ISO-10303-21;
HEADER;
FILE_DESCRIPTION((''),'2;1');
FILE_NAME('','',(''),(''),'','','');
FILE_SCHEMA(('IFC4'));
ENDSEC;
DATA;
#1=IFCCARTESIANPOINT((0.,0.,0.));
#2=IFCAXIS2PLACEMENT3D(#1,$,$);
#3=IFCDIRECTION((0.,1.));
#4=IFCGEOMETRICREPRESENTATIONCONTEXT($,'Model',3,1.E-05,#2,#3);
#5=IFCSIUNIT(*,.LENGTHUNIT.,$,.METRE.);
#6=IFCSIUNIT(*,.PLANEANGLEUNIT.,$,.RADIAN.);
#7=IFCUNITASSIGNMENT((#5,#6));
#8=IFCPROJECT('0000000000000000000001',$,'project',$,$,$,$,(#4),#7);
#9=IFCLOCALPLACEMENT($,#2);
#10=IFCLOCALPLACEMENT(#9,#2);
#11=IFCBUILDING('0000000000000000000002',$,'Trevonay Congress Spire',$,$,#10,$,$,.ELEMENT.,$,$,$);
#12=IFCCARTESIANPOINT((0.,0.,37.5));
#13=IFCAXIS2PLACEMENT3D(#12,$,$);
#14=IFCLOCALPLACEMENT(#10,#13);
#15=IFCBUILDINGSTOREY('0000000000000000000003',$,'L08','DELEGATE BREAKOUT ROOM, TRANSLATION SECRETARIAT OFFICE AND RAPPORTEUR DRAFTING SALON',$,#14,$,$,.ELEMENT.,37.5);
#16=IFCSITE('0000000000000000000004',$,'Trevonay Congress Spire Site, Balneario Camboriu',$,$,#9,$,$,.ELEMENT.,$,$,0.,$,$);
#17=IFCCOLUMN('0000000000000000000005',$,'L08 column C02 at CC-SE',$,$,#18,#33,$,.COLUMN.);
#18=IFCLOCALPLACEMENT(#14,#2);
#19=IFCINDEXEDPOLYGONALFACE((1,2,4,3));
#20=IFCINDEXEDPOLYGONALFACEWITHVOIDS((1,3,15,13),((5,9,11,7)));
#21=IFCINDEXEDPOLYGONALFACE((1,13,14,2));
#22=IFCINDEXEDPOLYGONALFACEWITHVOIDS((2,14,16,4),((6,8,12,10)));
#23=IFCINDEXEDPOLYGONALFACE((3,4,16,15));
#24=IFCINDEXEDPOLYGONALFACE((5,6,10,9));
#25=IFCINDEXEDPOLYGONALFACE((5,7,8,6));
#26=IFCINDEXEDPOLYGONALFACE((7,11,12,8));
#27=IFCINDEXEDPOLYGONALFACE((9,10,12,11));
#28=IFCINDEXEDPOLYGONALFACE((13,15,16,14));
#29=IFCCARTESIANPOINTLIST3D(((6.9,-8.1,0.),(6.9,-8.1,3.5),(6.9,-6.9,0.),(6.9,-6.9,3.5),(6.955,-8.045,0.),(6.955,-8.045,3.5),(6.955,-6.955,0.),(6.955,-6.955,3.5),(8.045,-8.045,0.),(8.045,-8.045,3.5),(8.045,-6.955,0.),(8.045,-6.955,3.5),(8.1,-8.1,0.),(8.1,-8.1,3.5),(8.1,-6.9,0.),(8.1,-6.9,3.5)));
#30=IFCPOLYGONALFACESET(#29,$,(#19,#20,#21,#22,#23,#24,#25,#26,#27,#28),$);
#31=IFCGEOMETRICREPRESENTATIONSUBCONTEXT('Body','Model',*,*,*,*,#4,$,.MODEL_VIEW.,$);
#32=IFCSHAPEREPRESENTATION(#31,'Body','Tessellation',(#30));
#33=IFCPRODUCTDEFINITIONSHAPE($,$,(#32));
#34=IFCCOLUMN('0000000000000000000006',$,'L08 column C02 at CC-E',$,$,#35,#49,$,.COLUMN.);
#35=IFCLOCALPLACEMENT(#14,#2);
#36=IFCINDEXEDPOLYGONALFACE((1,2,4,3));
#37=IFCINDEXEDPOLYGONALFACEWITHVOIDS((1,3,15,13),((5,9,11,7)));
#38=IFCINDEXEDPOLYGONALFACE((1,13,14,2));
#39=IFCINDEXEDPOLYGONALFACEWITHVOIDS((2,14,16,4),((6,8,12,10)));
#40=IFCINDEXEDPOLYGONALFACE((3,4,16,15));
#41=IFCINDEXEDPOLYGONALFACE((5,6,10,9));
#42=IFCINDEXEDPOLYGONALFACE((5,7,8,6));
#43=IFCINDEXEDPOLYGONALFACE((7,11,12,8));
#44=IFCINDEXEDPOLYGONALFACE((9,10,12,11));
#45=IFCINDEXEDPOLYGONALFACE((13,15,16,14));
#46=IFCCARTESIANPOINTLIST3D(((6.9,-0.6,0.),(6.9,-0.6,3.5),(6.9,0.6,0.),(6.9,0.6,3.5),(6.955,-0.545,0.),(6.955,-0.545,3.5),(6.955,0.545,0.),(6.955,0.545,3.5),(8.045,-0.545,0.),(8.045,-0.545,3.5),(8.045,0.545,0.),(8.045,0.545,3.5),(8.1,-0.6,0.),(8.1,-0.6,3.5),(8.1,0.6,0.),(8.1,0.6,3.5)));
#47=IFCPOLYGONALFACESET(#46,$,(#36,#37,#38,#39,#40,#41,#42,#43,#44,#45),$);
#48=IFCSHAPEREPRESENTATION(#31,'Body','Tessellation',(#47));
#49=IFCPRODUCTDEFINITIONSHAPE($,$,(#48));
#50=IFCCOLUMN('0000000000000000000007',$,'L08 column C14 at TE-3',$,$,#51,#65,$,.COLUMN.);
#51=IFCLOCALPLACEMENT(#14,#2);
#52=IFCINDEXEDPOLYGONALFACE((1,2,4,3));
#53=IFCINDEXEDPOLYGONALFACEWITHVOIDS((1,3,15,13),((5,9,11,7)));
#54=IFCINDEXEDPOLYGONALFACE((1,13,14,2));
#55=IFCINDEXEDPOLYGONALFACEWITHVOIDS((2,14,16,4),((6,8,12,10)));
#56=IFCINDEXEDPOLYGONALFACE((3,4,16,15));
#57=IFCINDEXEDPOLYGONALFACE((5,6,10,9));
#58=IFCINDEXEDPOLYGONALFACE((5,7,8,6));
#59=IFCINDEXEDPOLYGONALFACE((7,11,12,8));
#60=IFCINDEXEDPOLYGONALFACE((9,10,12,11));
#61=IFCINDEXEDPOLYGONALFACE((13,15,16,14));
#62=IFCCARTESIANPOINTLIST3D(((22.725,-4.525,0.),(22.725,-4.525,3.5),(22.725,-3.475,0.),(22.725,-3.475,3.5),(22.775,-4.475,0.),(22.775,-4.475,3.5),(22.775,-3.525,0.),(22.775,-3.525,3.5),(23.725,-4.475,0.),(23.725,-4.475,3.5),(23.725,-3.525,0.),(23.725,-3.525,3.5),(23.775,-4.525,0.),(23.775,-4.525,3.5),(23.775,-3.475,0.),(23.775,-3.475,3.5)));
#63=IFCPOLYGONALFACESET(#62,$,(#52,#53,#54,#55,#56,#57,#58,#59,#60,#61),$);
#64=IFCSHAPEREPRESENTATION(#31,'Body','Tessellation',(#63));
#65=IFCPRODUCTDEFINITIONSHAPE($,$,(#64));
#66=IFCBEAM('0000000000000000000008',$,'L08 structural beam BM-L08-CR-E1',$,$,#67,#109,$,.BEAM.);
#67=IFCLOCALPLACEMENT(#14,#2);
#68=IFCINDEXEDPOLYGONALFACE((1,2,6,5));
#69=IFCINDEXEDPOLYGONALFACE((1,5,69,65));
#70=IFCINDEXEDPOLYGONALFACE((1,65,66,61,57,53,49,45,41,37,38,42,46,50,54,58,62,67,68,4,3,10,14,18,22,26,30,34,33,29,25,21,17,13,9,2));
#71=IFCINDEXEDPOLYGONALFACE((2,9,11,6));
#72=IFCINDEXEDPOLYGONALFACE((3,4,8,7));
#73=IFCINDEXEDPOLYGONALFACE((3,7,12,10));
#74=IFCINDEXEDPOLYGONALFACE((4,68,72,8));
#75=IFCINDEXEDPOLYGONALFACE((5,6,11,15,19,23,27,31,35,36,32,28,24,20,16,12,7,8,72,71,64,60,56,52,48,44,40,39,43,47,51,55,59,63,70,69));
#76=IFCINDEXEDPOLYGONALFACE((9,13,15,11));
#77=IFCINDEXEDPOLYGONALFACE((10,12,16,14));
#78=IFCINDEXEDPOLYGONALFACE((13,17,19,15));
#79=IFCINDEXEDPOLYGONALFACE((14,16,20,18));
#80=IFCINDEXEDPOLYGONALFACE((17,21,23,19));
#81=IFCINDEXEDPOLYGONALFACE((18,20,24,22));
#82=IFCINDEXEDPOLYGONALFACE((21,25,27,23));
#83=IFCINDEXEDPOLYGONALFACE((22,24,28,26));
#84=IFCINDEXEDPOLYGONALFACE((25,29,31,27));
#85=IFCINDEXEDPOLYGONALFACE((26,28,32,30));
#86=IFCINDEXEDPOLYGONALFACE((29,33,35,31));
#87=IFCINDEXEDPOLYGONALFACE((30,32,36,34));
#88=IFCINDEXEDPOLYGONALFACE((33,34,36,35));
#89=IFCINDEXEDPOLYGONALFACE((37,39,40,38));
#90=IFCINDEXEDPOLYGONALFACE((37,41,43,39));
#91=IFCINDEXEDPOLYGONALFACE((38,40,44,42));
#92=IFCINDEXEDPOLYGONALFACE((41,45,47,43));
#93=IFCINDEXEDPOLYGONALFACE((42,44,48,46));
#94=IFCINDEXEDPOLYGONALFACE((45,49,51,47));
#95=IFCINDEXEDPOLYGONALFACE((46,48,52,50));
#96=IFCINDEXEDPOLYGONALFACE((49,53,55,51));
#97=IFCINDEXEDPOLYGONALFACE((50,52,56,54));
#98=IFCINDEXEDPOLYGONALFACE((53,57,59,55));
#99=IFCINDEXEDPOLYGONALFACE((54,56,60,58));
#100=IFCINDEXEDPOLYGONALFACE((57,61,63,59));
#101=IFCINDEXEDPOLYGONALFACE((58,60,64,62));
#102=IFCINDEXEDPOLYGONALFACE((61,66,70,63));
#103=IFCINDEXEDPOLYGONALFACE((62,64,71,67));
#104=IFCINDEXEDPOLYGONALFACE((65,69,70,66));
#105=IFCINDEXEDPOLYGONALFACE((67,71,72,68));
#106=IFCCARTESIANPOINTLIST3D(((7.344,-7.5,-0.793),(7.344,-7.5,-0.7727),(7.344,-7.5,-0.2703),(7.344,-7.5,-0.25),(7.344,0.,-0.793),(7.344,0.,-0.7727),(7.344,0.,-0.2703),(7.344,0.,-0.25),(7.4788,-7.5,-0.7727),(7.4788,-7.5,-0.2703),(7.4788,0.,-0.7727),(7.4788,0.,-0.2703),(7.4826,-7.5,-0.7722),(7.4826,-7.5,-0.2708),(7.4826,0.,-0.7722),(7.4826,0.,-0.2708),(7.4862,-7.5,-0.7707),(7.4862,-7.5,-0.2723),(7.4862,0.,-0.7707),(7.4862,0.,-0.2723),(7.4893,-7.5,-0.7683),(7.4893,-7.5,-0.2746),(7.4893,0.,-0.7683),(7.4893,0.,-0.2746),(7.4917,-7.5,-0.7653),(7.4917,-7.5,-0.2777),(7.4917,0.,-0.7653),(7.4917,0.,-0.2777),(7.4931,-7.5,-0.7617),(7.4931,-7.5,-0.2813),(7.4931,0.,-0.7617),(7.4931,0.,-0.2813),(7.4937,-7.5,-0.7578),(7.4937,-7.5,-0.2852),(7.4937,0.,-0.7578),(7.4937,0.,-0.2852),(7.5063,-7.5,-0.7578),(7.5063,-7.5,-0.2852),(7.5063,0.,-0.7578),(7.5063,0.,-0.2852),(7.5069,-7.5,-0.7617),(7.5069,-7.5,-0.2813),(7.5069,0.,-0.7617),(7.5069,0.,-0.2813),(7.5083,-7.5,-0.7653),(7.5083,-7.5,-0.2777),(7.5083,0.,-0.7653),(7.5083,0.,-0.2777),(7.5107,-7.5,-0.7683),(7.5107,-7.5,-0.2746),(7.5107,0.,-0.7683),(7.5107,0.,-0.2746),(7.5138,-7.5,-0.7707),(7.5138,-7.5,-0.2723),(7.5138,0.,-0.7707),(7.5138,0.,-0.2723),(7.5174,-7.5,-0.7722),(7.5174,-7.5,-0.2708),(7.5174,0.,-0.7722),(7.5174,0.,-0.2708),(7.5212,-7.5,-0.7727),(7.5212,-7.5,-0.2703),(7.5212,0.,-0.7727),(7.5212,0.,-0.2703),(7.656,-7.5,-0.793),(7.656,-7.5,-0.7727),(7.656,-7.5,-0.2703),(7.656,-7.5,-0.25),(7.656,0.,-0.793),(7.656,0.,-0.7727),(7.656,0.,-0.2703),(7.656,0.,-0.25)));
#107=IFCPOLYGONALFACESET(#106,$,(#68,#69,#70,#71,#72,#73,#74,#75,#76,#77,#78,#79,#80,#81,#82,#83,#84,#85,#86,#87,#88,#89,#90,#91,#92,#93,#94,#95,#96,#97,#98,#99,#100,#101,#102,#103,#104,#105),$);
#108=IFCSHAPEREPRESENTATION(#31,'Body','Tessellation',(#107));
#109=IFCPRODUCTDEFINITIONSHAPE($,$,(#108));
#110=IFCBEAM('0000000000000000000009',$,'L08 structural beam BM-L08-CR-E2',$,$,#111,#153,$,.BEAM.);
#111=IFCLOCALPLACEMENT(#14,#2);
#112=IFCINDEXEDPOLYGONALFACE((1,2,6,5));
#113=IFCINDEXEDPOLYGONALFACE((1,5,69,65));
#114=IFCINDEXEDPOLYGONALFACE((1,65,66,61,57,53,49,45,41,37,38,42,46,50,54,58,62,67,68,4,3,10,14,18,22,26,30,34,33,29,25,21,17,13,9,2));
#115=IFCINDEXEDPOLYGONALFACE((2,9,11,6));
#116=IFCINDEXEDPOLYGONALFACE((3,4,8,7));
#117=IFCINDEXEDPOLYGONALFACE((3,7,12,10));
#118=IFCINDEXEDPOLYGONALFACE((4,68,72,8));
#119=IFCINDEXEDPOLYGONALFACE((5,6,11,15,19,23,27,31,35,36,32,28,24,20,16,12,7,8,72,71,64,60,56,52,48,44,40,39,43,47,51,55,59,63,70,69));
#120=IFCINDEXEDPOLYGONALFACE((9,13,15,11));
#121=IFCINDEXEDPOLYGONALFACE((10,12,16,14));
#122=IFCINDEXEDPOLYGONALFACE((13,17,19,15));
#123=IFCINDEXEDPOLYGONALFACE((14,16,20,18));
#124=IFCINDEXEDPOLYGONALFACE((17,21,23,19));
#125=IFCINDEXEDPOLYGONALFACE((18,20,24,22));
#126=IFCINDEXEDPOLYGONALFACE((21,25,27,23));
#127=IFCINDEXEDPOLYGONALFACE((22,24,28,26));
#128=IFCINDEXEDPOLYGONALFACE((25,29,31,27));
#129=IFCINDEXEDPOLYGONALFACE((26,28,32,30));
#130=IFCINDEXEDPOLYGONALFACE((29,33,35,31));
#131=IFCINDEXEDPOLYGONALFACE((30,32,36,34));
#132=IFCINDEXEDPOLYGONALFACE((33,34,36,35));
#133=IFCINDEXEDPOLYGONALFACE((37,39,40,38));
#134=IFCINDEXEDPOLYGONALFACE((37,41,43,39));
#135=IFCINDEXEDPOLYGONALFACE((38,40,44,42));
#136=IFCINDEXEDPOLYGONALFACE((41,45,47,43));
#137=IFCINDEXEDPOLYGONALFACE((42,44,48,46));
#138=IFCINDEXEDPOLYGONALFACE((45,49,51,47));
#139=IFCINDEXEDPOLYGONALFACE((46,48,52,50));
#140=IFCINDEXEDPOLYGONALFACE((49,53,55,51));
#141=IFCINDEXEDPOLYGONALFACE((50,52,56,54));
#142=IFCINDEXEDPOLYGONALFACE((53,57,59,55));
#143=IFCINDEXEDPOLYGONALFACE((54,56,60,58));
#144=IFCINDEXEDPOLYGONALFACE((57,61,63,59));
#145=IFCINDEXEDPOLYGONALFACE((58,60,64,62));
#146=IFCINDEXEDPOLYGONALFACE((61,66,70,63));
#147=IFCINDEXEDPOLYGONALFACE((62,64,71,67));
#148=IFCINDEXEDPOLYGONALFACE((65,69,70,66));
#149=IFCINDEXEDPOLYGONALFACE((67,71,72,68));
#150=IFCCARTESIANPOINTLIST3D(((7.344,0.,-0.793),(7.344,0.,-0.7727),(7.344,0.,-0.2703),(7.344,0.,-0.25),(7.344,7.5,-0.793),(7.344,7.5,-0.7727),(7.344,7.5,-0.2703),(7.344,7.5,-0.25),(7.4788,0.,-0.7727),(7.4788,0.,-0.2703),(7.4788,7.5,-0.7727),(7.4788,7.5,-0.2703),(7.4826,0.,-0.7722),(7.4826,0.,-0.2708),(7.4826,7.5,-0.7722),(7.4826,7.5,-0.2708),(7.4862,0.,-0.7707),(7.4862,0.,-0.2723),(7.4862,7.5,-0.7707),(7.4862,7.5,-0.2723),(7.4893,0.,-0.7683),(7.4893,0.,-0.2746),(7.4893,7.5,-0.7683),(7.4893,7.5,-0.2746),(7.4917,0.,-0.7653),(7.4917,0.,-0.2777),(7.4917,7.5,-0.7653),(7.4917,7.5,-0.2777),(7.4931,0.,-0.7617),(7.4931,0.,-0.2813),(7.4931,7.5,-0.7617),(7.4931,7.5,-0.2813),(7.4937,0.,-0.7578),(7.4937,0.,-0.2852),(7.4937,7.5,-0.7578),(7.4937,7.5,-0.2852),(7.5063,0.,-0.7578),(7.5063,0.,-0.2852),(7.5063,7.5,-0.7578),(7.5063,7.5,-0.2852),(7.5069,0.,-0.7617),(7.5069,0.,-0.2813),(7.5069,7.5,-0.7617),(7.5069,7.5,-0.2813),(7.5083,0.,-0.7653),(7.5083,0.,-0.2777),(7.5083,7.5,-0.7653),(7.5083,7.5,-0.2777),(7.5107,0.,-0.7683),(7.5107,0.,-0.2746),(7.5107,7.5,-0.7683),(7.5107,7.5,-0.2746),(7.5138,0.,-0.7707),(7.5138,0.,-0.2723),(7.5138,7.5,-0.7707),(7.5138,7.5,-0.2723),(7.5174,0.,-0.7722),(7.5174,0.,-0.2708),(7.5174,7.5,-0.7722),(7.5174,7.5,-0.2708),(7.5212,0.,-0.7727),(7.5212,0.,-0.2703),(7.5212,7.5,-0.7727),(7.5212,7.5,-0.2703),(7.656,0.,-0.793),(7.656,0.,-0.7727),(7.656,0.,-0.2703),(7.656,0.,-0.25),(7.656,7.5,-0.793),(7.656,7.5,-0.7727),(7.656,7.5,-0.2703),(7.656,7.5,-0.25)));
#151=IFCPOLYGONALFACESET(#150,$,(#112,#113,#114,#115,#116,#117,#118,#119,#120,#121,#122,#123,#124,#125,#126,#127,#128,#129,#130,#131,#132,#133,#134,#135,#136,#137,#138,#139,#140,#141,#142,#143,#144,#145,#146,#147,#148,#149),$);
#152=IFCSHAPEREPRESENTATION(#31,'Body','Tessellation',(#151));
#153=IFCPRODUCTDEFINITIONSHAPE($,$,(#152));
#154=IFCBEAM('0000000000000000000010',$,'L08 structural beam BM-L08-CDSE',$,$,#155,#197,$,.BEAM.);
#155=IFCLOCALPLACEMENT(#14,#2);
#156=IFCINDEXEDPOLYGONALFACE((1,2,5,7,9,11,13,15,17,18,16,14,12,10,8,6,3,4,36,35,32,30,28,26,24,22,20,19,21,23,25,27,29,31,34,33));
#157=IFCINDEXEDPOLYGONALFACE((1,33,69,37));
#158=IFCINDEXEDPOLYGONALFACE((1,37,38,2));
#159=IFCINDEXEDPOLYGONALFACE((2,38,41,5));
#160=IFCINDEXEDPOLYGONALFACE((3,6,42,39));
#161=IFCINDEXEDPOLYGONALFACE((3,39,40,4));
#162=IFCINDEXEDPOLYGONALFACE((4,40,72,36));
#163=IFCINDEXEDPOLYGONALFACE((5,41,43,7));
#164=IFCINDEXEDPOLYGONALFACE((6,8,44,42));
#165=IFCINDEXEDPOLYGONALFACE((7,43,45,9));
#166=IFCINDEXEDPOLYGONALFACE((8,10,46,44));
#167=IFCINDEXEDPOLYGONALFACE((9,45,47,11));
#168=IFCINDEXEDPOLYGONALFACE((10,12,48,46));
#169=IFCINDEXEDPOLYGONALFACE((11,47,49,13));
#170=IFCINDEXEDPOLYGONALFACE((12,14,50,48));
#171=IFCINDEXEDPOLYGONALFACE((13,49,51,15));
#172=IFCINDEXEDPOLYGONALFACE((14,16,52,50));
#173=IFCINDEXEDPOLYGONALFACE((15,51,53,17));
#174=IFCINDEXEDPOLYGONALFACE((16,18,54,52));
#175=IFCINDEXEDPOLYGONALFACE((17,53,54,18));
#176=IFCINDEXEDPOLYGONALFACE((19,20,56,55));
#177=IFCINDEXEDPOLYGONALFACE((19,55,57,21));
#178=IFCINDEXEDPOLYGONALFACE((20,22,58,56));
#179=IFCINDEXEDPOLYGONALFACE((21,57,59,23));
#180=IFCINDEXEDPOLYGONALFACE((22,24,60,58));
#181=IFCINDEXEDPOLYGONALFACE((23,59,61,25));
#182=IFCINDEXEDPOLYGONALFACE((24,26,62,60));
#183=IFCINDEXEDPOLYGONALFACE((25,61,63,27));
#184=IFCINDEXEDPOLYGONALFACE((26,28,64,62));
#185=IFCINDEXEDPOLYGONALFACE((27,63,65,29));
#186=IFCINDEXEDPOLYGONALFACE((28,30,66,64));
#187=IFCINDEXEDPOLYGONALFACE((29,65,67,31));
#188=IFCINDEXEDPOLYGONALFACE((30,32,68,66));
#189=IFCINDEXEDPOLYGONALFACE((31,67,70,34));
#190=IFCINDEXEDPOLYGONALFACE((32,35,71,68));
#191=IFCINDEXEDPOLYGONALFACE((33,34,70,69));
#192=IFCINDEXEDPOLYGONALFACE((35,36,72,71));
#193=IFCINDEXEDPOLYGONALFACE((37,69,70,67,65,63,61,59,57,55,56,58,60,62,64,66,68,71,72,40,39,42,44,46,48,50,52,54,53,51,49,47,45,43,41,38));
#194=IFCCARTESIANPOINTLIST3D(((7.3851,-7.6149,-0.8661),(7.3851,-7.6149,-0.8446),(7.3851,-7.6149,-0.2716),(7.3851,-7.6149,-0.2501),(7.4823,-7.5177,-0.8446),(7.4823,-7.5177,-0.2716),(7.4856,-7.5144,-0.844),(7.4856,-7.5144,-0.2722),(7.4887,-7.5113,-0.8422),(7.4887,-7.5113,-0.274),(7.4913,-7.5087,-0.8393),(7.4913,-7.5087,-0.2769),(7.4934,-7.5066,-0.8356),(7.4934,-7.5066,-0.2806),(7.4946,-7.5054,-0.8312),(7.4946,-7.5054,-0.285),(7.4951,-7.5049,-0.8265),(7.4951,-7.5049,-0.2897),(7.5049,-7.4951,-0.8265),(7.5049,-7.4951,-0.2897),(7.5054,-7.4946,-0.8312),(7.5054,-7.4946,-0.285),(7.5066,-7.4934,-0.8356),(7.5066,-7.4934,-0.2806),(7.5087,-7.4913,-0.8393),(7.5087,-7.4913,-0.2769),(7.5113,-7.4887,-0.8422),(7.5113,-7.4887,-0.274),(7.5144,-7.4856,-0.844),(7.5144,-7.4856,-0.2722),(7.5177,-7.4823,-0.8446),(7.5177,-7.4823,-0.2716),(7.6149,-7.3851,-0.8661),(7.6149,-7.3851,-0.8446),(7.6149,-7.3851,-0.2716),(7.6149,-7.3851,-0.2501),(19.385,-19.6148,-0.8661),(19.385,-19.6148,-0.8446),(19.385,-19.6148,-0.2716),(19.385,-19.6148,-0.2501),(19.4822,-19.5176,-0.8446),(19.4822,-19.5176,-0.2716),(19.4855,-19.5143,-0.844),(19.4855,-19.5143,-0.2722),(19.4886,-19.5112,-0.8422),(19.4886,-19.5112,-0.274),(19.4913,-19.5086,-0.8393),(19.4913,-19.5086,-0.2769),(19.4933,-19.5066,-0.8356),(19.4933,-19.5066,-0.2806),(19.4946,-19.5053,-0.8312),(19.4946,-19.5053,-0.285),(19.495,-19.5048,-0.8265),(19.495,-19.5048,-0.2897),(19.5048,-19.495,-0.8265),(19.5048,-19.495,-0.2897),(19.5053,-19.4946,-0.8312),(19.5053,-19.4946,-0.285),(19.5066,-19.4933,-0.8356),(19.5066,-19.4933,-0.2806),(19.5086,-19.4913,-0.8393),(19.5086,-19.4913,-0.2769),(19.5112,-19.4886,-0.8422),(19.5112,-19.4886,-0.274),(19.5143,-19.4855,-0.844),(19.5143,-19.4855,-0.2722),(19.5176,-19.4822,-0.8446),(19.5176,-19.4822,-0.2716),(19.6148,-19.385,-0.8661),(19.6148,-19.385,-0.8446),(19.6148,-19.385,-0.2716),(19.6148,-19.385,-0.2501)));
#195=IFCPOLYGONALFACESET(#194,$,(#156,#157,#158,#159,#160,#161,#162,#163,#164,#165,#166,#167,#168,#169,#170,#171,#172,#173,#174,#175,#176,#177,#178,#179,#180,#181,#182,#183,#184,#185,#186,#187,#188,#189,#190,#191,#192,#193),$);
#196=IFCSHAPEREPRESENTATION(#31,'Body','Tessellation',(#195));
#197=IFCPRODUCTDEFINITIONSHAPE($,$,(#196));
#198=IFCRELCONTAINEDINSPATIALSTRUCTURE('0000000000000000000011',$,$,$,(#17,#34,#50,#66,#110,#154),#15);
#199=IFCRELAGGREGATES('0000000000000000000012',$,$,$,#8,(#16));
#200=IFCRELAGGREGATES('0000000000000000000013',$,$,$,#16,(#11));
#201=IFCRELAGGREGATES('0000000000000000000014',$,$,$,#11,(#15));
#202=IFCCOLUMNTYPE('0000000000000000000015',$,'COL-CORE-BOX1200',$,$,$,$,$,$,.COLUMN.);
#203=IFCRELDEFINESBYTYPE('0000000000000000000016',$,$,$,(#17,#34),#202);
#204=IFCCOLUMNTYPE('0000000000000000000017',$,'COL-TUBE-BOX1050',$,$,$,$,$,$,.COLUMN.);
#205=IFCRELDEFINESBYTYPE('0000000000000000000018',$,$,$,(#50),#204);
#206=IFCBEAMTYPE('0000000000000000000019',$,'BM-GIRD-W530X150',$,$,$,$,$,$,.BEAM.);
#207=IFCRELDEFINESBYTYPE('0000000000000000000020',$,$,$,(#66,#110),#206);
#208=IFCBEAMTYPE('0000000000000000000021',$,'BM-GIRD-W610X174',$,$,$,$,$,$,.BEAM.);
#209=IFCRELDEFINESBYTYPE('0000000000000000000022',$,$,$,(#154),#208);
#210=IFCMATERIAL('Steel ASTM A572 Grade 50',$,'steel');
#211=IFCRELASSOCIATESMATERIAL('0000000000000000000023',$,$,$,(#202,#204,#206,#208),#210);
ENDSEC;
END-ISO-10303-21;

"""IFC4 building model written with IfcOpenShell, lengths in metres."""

from ifc_helpers import new_model, si_unit, direction, frame, origin, origin_2d, place, context, subcontext, project, spatial, hollow_rectangle, i_section, extrude, material, material_profile, profile_set, type_object, element, save


model = new_model("IFC4")

# Units and contexts
model_context = context("Model", 3, precision=1e-05, world=origin(), true_north=direction((0.0, 1.0)))
body_context = subcontext(model_context, "Body", "Model", "MODEL_VIEW")
ifc_project = project(units=[si_unit("LENGTHUNIT", "METRE"), si_unit("PLANEANGLEUNIT", "RADIAN")], contexts=[model_context])

# Site, building, storey
site_placement = place(None, origin())
site = spatial("IfcSite", under=ifc_project, at=site_placement, Name="Trevonay Congress Spire Site, Balneario Camboriu", CompositionType="ELEMENT", RefElevation=0.0)
building_placement = place(site_placement, origin())
building = spatial("IfcBuilding", under=site, at=building_placement, Name="Trevonay Congress Spire", CompositionType="ELEMENT")
storey_placement = place(building_placement, frame((0.0, 0.0, 37.5)))
storey = spatial("IfcBuildingStorey", under=building, at=storey_placement, Name="L08", Description="DELEGATE BREAKOUT ROOM, TRANSLATION SECRETARIAT OFFICE AND RAPPORTEUR DRAFTING SALON", CompositionType="ELEMENT", Elevation=37.5)

# Columns
ifc_material_1 = material(Name="Steel ASTM A572 Grade 50", Category="steel")
ifc_material_profile_1 = material_profile(ifc_material_1, hollow_rectangle(XDim=1.2, YDim=1.2, WallThickness=0.0549, at=origin_2d()), Name="BOX 1200x1200x55")
ifc_profile_set_1 = profile_set([ifc_material_profile_1], Name="Steel ASTM A572 Grade 50")
column_type_1 = type_object("IfcColumnType", Name="COL-CORE-BOX1200", PredefinedType="COLUMN", material=ifc_profile_set_1)
for number, where, z_axis, x_axis, name in (
    (1, (7.5, -7.5, 0.0), (0.0, 0.0, 1.0), (1.0, 0.0, 0.0), "L08 column C02 at CC-SE"),
    (2, (7.5, 0.0, 0.0), (0.0, 0.0, 1.0), (1.0, 0.0, 0.0), "L08 column C02 at CC-E"),
):
    element("IfcColumn", number, at=place(storey_placement, frame(where, z_axis=z_axis, x_axis=x_axis)), inside=storey, type_object=column_type_1, Name=name, PredefinedType="COLUMN", context=body_context, shape_type="SweptSolid", body=[
        extrude(hollow_rectangle(XDim=1.2, YDim=1.2, WallThickness=0.0549, at=origin_2d()), origin(), (0.0, 0.0, 1.0), 3.5),
    ])
ifc_material_profile_2 = material_profile(ifc_material_1, hollow_rectangle(XDim=1.05, YDim=1.05, WallThickness=0.05, at=origin_2d()), Name="BOX 1050x1050x50")
ifc_profile_set_2 = profile_set([ifc_material_profile_2], Name="Steel ASTM A572 Grade 50")
column_type_2 = type_object("IfcColumnType", Name="COL-TUBE-BOX1050", PredefinedType="COLUMN", material=ifc_profile_set_2)
column_placement = place(storey_placement, frame((23.25, -4.0, 0.0), z_axis=(0.0, 0.0, 1.0), x_axis=(1.0, 0.0, 0.0)))
element("IfcColumn", 3, at=column_placement, inside=storey, type_object=column_type_2, Name="L08 column C14 at TE-3", PredefinedType="COLUMN", context=body_context, shape_type="SweptSolid", body=[
    extrude(hollow_rectangle(XDim=1.05, YDim=1.05, WallThickness=0.05, at=origin_2d()), origin(), (0.0, 0.0, 1.0), 3.5),
])

# Beams
ifc_material_profile_3 = material_profile(ifc_material_1, i_section(OverallWidth=0.312, OverallDepth=0.543, WebThickness=0.0127, FlangeThickness=0.0203, FilletRadius=0.0149, at=origin_2d()), Name="W530x150")
ifc_profile_set_3 = profile_set([ifc_material_profile_3], Name="Steel ASTM A572 Grade 50")
beam_type_1 = type_object("IfcBeamType", Name="BM-GIRD-W530X150", PredefinedType="BEAM", material=ifc_profile_set_3)
for number, where, z_axis, x_axis, name in (
    (4, (7.5, -7.5, -0.5215), (0.0, 1.0, 0.0), (-1.0, 0.0, 0.0), "L08 structural beam BM-L08-CR-E1"),
    (5, (7.5, 0.0, -0.5215), (0.0, 1.0, 0.0), (-1.0, 0.0, 0.0), "L08 structural beam BM-L08-CR-E2"),
):
    element("IfcBeam", number, at=place(storey_placement, frame(where, z_axis=z_axis, x_axis=x_axis)), inside=storey, type_object=beam_type_1, Name=name, PredefinedType="BEAM", context=body_context, shape_type="SweptSolid", body=[
        extrude(i_section(OverallWidth=0.312, OverallDepth=0.543, WebThickness=0.0127, FlangeThickness=0.0203, FilletRadius=0.0149, at=origin_2d()), origin(), (0.0, 0.0, 1.0), 7.5),
    ])
ifc_material_profile_4 = material_profile(ifc_material_1, i_section(OverallWidth=0.325, OverallDepth=0.616, WebThickness=0.0139, FlangeThickness=0.0215, FilletRadius=0.0181, at=origin_2d()), Name="W610x174")
ifc_profile_set_4 = profile_set([ifc_material_profile_4], Name="Steel ASTM A572 Grade 50")
beam_type_2 = type_object("IfcBeamType", Name="BM-GIRD-W610X174", PredefinedType="BEAM", material=ifc_profile_set_4)
beam_1_placement = place(storey_placement, frame((7.5, -7.5, -0.5581), z_axis=(0.707107, -0.707107, 0.0), x_axis=(0.707107, 0.707107, 0.0)))
element("IfcBeam", 6, at=beam_1_placement, inside=storey, type_object=beam_type_2, Name="L08 structural beam BM-L08-CDSE", PredefinedType="BEAM", context=body_context, shape_type="SweptSolid", body=[
    extrude(i_section(OverallWidth=0.325, OverallDepth=0.616, WebThickness=0.0139, FlangeThickness=0.0215, FilletRadius=0.0181, at=origin_2d()), origin(), (0.0, 0.0, 1.0), 16.9705),
])

save(model, "model.ifc")
